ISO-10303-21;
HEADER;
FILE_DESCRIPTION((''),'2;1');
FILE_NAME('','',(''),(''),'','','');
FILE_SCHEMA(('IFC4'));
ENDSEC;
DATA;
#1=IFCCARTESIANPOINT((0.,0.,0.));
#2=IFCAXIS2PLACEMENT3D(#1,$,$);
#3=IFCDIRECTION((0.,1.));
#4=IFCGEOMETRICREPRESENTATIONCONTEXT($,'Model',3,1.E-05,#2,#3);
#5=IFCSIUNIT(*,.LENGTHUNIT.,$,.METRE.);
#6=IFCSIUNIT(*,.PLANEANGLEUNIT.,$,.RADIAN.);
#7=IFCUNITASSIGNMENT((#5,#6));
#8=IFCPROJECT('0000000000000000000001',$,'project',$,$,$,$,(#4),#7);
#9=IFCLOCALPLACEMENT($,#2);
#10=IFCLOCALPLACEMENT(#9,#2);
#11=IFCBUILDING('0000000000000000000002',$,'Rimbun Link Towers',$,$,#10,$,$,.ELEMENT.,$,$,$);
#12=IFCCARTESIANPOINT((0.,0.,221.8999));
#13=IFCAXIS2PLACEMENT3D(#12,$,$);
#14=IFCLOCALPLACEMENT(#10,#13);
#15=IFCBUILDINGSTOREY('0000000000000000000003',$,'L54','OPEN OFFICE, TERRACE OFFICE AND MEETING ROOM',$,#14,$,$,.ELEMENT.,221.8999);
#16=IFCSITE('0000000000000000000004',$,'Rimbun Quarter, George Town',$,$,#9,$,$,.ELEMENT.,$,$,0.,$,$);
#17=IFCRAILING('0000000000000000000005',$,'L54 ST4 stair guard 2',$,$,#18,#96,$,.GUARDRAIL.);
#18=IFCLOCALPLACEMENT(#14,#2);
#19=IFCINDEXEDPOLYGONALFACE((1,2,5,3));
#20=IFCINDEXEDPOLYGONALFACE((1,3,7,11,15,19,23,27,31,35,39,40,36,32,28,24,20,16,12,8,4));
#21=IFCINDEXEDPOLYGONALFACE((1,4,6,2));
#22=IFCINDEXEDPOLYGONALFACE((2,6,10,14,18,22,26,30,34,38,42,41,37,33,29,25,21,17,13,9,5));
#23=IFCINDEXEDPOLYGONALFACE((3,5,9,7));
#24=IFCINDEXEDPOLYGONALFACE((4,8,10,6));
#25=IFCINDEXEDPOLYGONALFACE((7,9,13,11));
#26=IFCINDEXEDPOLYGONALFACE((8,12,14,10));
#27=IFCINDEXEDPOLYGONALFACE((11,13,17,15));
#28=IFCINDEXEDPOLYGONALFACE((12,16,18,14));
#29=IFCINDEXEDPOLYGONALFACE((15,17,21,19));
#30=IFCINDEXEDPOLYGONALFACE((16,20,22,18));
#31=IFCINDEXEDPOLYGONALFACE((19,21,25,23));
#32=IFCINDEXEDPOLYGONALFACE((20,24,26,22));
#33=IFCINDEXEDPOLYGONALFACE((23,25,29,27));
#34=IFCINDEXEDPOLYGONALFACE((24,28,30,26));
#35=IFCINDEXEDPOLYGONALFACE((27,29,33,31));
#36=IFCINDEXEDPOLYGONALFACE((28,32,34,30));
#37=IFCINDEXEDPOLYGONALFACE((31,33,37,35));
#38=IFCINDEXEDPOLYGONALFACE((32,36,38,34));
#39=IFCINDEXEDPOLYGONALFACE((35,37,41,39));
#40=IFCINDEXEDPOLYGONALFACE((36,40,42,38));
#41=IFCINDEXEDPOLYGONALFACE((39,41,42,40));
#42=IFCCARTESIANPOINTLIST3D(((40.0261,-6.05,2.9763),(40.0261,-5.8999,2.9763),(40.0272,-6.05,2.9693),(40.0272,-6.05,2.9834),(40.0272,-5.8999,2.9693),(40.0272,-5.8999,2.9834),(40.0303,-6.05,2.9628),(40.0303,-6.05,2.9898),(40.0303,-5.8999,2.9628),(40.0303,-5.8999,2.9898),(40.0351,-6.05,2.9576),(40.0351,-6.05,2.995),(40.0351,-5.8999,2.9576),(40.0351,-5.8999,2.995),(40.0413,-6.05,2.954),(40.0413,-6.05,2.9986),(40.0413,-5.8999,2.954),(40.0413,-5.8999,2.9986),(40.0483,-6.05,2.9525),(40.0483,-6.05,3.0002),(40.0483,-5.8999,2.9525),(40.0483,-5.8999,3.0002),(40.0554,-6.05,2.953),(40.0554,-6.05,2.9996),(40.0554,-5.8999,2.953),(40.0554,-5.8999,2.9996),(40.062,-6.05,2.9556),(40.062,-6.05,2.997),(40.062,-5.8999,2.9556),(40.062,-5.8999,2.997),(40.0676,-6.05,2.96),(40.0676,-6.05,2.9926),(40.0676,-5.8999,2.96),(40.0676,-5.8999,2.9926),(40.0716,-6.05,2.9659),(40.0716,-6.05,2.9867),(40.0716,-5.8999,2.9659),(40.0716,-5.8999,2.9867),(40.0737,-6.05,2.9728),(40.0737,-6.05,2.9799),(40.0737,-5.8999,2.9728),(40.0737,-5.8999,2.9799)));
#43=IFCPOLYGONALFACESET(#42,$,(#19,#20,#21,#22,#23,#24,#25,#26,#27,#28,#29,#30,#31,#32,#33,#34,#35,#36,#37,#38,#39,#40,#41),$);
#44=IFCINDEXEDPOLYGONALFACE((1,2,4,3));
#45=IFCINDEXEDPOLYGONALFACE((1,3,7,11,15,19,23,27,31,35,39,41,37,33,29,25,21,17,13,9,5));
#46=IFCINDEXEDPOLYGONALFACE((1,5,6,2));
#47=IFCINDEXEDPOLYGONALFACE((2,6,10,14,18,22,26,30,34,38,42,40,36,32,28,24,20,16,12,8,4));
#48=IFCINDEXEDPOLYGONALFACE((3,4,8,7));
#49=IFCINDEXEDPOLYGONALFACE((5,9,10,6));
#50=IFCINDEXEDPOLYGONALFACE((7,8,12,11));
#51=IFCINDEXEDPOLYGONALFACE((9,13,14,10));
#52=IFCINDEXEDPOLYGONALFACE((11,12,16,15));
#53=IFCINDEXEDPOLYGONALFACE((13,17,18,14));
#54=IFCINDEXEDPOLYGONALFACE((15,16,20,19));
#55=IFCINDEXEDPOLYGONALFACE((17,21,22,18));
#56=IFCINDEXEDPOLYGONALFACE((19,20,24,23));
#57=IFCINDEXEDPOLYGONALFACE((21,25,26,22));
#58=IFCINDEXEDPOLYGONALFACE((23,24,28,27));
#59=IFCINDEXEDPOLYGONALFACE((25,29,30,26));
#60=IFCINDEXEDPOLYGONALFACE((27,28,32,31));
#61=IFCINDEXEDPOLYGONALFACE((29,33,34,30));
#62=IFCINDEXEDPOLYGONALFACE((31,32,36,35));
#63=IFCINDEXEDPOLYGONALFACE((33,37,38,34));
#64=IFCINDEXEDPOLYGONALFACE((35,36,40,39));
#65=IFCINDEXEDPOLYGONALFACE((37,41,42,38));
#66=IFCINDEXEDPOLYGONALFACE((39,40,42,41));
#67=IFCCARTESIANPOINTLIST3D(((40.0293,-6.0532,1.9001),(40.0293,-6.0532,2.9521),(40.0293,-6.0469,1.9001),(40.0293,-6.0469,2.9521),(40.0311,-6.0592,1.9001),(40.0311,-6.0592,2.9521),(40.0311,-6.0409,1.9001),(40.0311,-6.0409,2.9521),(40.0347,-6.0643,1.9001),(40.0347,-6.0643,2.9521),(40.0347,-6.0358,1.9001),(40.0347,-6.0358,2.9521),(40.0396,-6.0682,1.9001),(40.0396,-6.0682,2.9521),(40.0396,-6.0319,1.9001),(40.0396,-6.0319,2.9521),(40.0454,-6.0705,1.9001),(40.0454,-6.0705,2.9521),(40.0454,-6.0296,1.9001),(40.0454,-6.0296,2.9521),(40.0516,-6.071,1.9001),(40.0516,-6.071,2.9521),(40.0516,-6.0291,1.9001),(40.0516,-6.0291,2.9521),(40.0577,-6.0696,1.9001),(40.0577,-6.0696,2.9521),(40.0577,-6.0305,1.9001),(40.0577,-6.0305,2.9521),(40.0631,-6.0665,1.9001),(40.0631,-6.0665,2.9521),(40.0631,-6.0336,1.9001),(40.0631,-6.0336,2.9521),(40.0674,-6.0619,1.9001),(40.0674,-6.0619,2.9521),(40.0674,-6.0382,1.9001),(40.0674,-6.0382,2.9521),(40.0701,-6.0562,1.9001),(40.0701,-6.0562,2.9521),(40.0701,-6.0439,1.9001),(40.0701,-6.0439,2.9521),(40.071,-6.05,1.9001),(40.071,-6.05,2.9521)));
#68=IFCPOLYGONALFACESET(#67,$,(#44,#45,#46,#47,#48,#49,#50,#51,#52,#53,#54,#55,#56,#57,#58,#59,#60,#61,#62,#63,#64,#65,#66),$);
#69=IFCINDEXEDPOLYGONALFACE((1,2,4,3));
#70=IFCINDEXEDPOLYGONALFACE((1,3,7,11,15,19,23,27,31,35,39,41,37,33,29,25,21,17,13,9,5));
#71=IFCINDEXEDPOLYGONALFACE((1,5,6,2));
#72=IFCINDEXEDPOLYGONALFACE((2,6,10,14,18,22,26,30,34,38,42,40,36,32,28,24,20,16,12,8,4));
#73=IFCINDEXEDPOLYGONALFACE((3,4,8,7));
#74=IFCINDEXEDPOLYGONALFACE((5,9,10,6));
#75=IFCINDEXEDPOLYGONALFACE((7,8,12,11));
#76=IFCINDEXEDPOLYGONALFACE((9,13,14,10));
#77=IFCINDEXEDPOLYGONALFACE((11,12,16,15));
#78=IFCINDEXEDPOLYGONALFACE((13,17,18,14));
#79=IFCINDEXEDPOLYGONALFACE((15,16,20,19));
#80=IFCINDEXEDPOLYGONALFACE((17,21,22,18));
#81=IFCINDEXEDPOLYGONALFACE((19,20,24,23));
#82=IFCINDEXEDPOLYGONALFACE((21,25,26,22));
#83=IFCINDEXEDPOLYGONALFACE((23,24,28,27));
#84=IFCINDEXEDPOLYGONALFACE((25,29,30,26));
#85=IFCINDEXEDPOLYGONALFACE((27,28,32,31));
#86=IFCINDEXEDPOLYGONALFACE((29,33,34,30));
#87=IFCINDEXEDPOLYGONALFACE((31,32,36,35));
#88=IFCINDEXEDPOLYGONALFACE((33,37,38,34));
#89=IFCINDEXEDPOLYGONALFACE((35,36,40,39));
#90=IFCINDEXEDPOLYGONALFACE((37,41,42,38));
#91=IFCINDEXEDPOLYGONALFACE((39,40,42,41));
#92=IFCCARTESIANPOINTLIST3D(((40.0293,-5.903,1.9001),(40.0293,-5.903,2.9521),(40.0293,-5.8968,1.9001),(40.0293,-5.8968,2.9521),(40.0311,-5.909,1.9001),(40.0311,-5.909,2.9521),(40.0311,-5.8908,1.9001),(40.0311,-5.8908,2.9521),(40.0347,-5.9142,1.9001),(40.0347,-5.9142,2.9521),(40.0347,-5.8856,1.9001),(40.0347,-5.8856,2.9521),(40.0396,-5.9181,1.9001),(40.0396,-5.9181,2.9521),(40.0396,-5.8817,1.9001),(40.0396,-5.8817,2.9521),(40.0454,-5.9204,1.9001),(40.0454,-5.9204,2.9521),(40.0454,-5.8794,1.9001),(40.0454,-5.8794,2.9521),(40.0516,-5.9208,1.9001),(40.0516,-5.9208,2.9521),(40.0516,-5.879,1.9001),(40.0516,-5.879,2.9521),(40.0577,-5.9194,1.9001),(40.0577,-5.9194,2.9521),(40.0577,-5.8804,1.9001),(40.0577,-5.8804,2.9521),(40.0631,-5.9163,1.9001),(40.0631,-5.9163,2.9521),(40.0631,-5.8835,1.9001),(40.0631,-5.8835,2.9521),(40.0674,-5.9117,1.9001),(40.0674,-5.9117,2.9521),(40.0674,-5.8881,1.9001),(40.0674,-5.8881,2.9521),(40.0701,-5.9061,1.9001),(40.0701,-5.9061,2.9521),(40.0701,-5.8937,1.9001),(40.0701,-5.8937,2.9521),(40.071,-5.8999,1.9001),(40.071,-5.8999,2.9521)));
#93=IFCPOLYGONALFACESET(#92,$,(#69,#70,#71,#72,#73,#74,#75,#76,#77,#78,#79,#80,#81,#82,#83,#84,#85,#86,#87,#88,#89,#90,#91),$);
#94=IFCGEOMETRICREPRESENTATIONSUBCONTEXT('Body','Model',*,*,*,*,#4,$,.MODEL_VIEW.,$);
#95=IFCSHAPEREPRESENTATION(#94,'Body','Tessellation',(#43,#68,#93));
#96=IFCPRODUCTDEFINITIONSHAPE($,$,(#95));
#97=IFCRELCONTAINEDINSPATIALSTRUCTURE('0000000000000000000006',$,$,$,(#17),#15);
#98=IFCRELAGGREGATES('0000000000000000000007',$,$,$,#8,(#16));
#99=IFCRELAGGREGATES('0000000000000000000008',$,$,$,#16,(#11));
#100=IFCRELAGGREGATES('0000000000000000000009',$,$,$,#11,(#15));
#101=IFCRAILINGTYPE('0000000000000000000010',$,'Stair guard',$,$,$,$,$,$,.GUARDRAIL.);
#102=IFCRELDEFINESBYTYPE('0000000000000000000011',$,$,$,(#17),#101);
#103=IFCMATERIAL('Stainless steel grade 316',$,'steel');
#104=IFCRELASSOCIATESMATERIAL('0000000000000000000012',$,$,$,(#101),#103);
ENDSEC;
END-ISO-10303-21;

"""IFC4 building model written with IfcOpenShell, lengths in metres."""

from ifc_helpers import new_model, si_unit, direction, frame, origin, origin_2d, place, context, subcontext, project, spatial, circle, extrude, material, type_object, element, save


model = new_model("IFC4")

# Units and contexts
model_context = context("Model", 3, precision=1e-05, world=origin(), true_north=direction((0.0, 1.0)))
body_context = subcontext(model_context, "Body", "Model", "MODEL_VIEW")
ifc_project = project(units=[si_unit("LENGTHUNIT", "METRE"), si_unit("PLANEANGLEUNIT", "RADIAN")], contexts=[model_context])

# Site, building, storey
site_placement = place(None, origin())
site = spatial("IfcSite", under=ifc_project, at=site_placement, Name="Rimbun Quarter, George Town", CompositionType="ELEMENT", RefElevation=0.0)
building_placement = place(site_placement, origin())
building = spatial("IfcBuilding", under=site, at=building_placement, Name="Rimbun Link Towers", CompositionType="ELEMENT")
storey_placement = place(building_placement, frame((0.0, 0.0, 221.8999)))
storey = spatial("IfcBuildingStorey", under=building, at=storey_placement, Name="L54", Description="OPEN OFFICE, TERRACE OFFICE AND MEETING ROOM", CompositionType="ELEMENT", Elevation=221.8999)

# Railing
ifc_material_1 = material(Name="Stainless steel grade 316", Category="steel")
railing_type_1 = type_object("IfcRailingType", Name="Stair guard", PredefinedType="GUARDRAIL", material=ifc_material_1)
railing_1_placement = place(storey_placement, frame((40.05, -6.05, 1.9001)))
element("IfcRailing", 1, at=railing_1_placement, inside=storey, type_object=railing_type_1, Name="L54 ST4 stair guard 2", PredefinedType="GUARDRAIL", context=body_context, shape_type="SweptSolid", body=[
    extrude(circle(Radius=0.0239, at=origin_2d()), frame((0.0, 0.0, 1.0762), z_axis=(0.0, 1.0, 0.0), x_axis=(-1.0, 0.0, 0.0)), (0.0, 0.0, 1.0), 0.1501),
    extrude(circle(Radius=0.021, at=origin_2d()), origin(), (0.0, 0.0, 1.0), 1.052),
    extrude(circle(Radius=0.021, at=origin_2d()), frame((0.0, 0.1501, 0.0)), (0.0, 0.0, 1.0), 1.052),
])

save(model, "model.ifc")
